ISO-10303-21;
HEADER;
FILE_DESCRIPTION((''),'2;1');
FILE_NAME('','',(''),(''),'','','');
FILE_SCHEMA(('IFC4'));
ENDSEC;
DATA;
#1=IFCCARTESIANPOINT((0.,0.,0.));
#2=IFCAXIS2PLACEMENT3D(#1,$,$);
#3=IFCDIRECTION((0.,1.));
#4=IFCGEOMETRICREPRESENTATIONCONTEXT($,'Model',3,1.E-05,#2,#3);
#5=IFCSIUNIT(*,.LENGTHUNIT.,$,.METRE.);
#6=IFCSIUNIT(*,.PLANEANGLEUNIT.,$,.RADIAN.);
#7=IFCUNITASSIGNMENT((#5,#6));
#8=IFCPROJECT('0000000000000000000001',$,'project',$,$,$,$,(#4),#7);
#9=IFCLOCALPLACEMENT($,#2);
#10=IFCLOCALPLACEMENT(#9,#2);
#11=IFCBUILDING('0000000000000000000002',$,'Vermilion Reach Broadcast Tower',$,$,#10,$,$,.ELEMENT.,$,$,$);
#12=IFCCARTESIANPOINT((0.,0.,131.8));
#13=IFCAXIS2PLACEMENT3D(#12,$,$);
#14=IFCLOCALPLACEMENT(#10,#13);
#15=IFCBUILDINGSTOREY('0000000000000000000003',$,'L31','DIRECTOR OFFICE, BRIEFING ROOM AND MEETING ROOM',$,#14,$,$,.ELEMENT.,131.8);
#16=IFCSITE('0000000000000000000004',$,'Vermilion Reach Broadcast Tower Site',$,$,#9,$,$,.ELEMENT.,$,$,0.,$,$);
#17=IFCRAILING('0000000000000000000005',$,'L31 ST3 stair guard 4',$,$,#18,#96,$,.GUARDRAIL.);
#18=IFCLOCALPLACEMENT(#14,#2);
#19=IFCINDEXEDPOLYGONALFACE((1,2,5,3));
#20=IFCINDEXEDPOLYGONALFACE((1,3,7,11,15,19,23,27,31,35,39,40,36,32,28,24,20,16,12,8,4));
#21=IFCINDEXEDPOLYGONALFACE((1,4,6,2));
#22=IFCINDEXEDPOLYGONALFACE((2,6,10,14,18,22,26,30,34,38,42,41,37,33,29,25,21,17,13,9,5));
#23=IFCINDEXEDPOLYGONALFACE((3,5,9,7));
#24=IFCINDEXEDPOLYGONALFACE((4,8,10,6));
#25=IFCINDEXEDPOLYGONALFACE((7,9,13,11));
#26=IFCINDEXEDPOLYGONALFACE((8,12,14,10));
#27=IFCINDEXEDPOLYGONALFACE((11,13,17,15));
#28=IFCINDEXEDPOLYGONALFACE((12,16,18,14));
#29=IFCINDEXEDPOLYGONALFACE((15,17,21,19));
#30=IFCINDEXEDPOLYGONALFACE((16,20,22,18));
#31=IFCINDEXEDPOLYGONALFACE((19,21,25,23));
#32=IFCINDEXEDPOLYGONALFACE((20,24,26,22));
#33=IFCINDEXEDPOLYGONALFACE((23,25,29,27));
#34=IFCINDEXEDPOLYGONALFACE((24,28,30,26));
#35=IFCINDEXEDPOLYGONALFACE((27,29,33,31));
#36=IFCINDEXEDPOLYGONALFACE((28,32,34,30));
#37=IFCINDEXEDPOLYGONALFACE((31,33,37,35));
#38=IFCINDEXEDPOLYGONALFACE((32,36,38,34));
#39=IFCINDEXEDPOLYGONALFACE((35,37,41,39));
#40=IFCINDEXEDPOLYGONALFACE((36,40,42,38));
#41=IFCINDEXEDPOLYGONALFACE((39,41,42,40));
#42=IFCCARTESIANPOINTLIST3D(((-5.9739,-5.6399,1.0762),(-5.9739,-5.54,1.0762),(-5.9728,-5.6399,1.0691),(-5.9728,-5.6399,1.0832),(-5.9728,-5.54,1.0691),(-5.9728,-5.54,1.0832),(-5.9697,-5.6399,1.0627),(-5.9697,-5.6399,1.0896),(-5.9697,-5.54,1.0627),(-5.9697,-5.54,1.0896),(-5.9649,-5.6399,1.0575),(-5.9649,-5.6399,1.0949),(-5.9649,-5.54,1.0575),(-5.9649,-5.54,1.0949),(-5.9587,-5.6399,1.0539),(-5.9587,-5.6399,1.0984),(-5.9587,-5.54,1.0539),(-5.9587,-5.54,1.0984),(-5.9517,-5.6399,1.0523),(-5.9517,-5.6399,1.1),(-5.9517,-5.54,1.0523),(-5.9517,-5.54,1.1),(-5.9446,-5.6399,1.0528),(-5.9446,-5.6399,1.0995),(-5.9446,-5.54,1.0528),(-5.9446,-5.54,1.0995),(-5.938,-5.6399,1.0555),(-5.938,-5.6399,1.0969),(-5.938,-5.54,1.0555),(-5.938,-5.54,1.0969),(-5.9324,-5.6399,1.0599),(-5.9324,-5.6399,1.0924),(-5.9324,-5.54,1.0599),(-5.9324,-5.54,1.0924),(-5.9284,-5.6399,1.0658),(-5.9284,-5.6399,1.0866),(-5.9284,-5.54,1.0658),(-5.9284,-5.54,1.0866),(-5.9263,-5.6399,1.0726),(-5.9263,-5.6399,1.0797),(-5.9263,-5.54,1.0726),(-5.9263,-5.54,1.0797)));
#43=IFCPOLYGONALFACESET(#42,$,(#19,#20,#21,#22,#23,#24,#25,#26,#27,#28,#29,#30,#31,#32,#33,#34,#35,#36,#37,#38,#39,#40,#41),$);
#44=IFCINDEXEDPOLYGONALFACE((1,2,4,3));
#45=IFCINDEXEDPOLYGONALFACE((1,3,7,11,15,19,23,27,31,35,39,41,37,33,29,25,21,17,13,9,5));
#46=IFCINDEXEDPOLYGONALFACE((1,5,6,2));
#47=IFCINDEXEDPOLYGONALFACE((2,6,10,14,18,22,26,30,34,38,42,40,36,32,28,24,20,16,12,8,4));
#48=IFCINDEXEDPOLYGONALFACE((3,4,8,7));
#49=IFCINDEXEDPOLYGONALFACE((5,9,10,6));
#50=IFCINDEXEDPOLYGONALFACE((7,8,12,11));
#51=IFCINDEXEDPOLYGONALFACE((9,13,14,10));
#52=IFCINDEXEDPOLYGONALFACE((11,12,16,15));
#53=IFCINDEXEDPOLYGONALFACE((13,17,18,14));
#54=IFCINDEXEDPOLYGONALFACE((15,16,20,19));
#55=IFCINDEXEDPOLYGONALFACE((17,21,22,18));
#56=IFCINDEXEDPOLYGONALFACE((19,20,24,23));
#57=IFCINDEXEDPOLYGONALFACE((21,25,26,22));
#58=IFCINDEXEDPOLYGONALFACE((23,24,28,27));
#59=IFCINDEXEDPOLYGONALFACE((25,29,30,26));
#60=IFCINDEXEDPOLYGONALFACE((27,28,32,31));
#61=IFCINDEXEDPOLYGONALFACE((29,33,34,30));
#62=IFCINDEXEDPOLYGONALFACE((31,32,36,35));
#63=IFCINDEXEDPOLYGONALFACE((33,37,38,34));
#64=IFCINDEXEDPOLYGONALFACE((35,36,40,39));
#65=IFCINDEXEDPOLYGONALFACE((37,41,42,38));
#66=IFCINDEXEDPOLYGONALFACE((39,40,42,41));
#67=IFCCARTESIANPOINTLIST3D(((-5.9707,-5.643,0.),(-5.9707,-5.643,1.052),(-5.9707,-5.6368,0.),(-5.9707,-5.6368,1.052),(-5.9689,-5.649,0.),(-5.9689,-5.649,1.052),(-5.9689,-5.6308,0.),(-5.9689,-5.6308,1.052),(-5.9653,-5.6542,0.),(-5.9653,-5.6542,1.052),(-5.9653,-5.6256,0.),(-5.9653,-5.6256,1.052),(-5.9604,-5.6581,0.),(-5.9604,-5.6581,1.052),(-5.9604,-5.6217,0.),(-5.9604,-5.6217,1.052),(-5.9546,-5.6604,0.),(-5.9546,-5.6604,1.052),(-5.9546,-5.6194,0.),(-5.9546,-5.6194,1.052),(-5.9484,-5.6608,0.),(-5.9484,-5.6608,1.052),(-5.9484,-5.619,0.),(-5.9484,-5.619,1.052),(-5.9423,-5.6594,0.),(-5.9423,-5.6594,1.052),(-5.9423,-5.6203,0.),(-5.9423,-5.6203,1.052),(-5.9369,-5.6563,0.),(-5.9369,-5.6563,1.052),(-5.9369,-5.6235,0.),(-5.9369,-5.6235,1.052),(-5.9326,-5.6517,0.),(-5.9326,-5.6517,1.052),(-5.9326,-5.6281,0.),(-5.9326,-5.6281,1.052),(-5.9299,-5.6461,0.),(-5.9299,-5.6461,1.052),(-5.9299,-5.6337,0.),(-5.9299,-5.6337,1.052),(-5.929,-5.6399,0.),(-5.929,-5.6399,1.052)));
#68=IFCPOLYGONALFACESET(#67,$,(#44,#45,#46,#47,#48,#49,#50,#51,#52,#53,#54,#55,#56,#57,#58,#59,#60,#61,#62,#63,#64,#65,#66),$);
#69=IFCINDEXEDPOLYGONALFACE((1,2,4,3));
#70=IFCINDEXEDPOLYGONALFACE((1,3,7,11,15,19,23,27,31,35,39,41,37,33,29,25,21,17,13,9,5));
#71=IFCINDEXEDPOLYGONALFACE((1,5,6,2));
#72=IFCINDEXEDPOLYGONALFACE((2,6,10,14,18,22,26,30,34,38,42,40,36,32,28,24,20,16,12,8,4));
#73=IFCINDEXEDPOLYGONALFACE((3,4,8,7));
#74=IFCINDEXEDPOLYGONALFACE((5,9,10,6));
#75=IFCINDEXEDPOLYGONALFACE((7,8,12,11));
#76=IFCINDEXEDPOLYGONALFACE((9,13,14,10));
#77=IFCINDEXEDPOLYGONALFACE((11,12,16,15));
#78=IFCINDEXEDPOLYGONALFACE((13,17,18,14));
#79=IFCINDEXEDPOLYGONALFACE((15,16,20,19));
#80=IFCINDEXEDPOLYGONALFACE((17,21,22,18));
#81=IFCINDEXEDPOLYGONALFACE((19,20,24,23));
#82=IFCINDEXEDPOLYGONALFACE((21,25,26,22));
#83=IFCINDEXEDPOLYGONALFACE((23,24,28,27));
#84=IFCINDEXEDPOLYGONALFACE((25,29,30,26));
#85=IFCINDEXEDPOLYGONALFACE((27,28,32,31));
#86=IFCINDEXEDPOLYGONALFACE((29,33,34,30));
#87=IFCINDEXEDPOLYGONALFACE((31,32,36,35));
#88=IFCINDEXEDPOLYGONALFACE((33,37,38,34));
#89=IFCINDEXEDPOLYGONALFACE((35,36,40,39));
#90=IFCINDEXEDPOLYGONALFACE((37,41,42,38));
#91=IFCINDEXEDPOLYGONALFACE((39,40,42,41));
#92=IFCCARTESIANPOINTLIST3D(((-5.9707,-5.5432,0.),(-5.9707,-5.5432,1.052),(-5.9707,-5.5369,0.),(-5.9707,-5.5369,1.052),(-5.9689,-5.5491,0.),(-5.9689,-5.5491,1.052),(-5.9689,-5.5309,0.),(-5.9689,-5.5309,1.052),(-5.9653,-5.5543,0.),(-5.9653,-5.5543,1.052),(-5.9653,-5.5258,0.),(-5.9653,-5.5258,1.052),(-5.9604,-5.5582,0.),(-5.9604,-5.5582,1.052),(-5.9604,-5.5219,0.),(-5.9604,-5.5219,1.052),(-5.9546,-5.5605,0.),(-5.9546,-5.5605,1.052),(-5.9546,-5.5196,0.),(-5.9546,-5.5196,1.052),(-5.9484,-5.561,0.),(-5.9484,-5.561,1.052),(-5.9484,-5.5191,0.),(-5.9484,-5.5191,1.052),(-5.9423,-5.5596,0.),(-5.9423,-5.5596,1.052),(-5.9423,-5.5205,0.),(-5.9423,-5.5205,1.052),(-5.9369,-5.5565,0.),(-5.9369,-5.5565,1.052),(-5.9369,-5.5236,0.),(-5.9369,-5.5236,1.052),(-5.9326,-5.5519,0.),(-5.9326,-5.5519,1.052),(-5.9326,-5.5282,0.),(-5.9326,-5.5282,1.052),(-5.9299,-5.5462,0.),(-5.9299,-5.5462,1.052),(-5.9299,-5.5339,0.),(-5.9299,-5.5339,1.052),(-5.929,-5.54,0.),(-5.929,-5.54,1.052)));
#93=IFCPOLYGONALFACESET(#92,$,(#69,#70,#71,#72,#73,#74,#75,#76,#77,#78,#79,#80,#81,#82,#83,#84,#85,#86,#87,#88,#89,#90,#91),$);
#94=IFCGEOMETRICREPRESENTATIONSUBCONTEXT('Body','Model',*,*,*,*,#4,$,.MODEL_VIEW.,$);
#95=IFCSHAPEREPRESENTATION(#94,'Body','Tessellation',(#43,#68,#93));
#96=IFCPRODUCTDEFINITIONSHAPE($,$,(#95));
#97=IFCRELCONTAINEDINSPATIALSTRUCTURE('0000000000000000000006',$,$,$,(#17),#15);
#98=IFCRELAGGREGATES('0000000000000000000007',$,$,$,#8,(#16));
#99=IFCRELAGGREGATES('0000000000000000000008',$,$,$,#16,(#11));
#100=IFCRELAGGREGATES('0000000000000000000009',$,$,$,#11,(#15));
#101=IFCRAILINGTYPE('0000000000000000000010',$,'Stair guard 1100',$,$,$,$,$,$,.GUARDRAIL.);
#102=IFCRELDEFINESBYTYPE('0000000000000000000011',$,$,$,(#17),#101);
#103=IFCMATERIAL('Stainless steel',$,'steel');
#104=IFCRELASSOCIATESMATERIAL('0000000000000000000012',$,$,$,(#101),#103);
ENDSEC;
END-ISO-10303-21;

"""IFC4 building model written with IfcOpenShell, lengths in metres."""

from ifc_helpers import new_model, si_unit, direction, frame, origin, origin_2d, place, context, subcontext, project, spatial, circle, extrude, material, type_object, element, save


model = new_model("IFC4")

# Units and contexts
model_context = context("Model", 3, precision=1e-05, world=origin(), true_north=direction((0.0, 1.0)))
body_context = subcontext(model_context, "Body", "Model", "MODEL_VIEW")
ifc_project = project(units=[si_unit("LENGTHUNIT", "METRE"), si_unit("PLANEANGLEUNIT", "RADIAN")], contexts=[model_context])

# Site, building, storey
site_placement = place(None, origin())
site = spatial("IfcSite", under=ifc_project, at=site_placement, Name="Vermilion Reach Broadcast Tower Site", CompositionType="ELEMENT", RefElevation=0.0)
building_placement = place(site_placement, origin())
building = spatial("IfcBuilding", under=site, at=building_placement, Name="Vermilion Reach Broadcast Tower", CompositionType="ELEMENT")
storey_placement = place(building_placement, frame((0.0, 0.0, 131.8)))
storey = spatial("IfcBuildingStorey", under=building, at=storey_placement, Name="L31", Description="DIRECTOR OFFICE, BRIEFING ROOM AND MEETING ROOM", CompositionType="ELEMENT", Elevation=131.8)

# Railing
ifc_material_1 = material(Name="Stainless steel", Category="steel")
railing_type_1 = type_object("IfcRailingType", Name="Stair guard 1100", PredefinedType="GUARDRAIL", material=ifc_material_1)
railing_1_placement = place(storey_placement, frame((-5.95, -5.6399, 0.0)))
element("IfcRailing", 1, at=railing_1_placement, inside=storey, type_object=railing_type_1, Name="L31 ST3 stair guard 4", PredefinedType="GUARDRAIL", context=body_context, shape_type="SweptSolid", body=[
    extrude(circle(Radius=0.0239, at=origin_2d()), frame((0.0, 0.0, 1.0762), z_axis=(0.0, 1.0, 0.0), x_axis=(-1.0, 0.0, 0.0)), (0.0, 0.0, 1.0), 0.0999),
    extrude(circle(Radius=0.021, at=origin_2d()), origin(), (0.0, 0.0, 1.0), 1.052),
    extrude(circle(Radius=0.021, at=origin_2d()), frame((0.0, 0.0999, 0.0)), (0.0, 0.0, 1.0), 1.052),
])

save(model, "model.ifc")
